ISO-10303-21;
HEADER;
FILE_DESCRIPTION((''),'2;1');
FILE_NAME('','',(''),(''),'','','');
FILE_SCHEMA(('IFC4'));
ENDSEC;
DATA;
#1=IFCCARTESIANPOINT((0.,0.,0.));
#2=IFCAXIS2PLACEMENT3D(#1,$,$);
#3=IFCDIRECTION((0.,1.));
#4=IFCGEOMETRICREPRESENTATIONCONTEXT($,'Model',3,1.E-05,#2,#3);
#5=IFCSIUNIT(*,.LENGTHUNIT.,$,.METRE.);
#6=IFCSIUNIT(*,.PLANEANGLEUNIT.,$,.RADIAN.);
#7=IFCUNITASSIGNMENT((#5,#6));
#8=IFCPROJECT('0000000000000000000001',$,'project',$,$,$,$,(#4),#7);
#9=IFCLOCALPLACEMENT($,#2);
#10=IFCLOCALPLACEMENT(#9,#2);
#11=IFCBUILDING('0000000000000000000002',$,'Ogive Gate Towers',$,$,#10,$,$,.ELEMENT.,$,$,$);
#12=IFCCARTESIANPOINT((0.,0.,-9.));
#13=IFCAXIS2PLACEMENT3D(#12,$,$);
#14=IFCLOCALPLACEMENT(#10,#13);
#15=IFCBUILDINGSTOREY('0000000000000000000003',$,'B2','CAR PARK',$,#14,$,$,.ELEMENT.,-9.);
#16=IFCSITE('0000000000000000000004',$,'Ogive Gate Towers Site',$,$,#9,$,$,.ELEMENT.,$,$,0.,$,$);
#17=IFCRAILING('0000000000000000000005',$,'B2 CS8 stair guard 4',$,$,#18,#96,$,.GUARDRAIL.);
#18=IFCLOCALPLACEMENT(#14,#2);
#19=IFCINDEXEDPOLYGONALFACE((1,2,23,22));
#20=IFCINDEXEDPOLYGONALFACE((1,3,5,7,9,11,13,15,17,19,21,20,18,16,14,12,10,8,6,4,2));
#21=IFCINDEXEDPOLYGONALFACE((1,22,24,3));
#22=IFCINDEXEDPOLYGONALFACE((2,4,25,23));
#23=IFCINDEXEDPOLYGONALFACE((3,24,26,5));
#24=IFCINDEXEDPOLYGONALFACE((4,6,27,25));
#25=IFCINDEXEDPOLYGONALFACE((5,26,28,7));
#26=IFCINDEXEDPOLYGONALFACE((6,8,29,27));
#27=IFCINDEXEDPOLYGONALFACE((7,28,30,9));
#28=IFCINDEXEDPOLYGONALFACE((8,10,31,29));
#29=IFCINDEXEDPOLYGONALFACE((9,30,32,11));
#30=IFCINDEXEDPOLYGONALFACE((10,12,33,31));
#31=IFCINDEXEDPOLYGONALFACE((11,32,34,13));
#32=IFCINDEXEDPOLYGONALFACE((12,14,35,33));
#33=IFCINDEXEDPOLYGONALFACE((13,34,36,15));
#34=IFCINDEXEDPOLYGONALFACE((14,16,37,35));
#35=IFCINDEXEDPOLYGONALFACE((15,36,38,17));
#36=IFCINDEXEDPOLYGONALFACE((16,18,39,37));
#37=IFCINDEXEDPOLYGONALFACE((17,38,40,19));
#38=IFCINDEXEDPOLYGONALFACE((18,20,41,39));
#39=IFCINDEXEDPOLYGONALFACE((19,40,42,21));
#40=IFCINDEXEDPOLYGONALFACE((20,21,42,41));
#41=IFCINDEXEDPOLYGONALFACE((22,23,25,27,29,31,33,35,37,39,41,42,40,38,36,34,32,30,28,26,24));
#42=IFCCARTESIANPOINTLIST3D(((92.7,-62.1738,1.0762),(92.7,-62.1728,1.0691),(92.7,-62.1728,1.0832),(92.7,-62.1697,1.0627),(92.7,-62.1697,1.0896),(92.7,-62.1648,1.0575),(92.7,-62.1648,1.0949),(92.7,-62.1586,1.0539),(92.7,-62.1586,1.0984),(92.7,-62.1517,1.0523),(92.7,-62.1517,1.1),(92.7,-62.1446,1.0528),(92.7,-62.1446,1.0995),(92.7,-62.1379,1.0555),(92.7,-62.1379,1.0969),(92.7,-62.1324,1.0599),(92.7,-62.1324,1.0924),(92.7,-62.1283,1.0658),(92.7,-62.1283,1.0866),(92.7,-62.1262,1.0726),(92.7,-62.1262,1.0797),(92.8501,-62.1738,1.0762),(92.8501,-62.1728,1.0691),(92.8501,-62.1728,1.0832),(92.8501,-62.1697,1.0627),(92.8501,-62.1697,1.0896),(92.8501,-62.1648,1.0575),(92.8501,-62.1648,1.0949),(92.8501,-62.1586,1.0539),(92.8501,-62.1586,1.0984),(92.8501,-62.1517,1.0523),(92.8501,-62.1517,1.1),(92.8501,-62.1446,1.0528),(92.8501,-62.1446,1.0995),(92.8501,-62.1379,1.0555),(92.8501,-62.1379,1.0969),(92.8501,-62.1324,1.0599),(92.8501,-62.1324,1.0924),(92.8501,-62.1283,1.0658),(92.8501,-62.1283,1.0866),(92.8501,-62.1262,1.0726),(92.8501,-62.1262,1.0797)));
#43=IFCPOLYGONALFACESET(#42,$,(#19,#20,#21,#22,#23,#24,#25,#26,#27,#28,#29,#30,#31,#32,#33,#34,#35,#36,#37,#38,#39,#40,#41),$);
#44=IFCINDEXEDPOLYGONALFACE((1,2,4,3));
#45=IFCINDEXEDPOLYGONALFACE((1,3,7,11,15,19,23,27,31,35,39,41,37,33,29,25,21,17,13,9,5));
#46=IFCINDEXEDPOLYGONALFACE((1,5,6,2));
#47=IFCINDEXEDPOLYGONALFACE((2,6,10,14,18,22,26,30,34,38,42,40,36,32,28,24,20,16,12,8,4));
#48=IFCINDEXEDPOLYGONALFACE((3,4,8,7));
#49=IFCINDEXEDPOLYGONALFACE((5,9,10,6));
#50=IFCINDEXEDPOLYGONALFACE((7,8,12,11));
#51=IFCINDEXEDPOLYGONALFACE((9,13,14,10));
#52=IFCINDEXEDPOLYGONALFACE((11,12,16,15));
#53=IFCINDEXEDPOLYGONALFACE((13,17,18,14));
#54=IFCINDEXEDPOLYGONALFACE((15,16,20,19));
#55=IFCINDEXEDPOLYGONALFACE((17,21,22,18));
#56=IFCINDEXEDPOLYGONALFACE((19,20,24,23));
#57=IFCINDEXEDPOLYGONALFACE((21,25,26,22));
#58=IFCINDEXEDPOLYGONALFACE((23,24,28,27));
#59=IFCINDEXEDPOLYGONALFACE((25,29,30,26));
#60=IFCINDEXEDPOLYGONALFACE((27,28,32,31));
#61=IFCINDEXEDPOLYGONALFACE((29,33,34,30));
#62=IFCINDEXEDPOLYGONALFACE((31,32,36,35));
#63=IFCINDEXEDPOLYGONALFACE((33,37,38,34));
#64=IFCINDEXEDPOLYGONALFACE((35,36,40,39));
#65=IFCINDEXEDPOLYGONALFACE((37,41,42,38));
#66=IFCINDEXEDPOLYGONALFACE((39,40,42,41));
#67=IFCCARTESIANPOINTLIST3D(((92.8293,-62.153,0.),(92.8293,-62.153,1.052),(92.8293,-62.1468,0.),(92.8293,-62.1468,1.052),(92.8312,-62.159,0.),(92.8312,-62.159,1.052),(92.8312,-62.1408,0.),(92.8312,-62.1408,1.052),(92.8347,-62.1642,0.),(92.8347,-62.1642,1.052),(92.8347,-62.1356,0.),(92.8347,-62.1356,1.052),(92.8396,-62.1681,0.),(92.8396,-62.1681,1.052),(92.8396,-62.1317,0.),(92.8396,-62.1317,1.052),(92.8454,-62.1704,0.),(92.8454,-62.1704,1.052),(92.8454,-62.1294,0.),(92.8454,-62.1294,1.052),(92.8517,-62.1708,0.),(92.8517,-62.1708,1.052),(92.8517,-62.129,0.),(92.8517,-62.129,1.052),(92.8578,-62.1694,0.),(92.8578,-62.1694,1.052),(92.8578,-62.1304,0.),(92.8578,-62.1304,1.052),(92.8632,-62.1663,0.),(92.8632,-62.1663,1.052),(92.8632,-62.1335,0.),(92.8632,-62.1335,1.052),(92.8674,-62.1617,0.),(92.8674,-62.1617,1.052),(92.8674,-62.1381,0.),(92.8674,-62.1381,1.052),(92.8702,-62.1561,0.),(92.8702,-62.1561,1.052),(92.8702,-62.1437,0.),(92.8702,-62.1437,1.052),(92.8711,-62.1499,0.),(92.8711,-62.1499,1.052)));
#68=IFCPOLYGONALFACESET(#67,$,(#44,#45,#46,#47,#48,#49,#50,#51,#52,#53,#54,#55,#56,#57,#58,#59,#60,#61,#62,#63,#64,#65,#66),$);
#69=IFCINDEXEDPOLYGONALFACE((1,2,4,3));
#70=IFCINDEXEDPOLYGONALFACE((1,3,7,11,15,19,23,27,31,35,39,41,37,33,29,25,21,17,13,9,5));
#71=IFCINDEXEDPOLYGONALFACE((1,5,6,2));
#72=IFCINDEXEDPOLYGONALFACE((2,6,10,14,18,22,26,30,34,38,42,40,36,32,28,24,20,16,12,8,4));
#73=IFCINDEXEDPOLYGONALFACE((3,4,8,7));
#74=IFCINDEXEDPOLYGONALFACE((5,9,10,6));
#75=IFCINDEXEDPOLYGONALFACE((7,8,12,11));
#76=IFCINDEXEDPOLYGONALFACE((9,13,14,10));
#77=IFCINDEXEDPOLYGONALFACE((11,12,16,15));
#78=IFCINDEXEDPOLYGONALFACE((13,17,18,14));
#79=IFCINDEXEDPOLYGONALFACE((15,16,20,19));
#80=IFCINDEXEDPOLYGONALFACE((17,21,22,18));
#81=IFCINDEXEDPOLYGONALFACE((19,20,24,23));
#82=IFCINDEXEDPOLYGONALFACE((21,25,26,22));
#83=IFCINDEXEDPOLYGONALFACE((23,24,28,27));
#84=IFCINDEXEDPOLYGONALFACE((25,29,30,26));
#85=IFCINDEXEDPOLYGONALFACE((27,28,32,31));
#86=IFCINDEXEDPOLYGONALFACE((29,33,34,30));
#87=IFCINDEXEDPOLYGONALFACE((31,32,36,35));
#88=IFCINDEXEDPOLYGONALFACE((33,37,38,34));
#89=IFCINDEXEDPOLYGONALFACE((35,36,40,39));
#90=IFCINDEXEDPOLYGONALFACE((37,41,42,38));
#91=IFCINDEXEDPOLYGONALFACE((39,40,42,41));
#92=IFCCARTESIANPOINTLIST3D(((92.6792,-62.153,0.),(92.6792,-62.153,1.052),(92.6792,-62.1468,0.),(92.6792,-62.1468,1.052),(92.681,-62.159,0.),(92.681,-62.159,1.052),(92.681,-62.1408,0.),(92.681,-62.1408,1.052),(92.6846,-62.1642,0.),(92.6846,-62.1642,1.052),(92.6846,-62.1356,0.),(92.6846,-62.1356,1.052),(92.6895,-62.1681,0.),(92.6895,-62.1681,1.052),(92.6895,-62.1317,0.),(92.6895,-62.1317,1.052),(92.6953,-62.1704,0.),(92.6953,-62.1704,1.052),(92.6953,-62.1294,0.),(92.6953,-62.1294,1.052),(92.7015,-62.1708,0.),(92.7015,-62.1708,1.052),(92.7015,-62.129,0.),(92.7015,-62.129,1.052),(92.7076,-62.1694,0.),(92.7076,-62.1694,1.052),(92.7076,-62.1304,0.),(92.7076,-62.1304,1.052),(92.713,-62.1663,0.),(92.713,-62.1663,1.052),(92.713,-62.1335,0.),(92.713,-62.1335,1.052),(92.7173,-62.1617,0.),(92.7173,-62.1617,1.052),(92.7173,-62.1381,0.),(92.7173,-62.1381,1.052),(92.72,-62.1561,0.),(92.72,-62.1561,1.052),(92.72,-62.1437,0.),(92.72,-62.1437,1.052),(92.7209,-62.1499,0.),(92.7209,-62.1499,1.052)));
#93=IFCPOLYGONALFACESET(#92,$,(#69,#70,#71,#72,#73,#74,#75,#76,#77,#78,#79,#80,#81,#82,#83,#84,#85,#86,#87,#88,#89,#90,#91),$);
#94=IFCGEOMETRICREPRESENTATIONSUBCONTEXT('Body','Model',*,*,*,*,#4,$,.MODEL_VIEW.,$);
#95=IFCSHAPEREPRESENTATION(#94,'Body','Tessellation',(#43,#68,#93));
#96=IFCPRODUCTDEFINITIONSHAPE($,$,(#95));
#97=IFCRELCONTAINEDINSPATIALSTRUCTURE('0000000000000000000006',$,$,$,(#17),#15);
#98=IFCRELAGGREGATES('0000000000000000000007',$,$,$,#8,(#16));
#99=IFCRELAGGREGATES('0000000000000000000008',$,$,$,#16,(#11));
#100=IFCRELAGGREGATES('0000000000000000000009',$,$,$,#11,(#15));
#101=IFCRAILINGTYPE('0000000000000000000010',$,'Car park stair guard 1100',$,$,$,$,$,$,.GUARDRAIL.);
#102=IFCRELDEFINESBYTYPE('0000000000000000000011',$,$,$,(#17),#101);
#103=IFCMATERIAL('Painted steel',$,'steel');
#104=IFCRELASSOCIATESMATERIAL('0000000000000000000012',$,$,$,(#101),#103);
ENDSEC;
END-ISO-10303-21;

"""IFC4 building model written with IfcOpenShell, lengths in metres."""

from ifc_helpers import new_model, si_unit, direction, frame, origin, origin_2d, place, context, subcontext, project, spatial, circle, extrude, material, type_object, element, save


model = new_model("IFC4")

# Units and contexts
model_context = context("Model", 3, precision=1e-05, world=origin(), true_north=direction((0.0, 1.0)))
body_context = subcontext(model_context, "Body", "Model", "MODEL_VIEW")
ifc_project = project(units=[si_unit("LENGTHUNIT", "METRE"), si_unit("PLANEANGLEUNIT", "RADIAN")], contexts=[model_context])

# Site, building, storey
site_placement = place(None, origin())
site = spatial("IfcSite", under=ifc_project, at=site_placement, Name="Ogive Gate Towers Site", CompositionType="ELEMENT", RefElevation=0.0)
building_placement = place(site_placement, origin())
building = spatial("IfcBuilding", under=site, at=building_placement, Name="Ogive Gate Towers", CompositionType="ELEMENT")
storey_placement = place(building_placement, frame((0.0, 0.0, -9.0)))
storey = spatial("IfcBuildingStorey", under=building, at=storey_placement, Name="B2", Description="CAR PARK", CompositionType="ELEMENT", Elevation=-9.0)

# Railing
ifc_material_1 = material(Name="Painted steel", Category="steel")
railing_type_1 = type_object("IfcRailingType", Name="Car park stair guard 1100", PredefinedType="GUARDRAIL", material=ifc_material_1)
railing_1_placement = place(storey_placement, frame((92.8501, -62.1499, 0.0)))
element("IfcRailing", 1, at=railing_1_placement, inside=storey, type_object=railing_type_1, Name="B2 CS8 stair guard 4", PredefinedType="GUARDRAIL", context=body_context, shape_type="SweptSolid", body=[
    extrude(circle(Radius=0.0239, at=origin_2d()), frame((0.0, 0.0, 1.0762), z_axis=(-1.0, 0.0, 0.0), x_axis=(0.0, -1.0, 0.0)), (0.0, 0.0, 1.0), 0.1501),
    extrude(circle(Radius=0.021, at=origin_2d()), origin(), (0.0, 0.0, 1.0), 1.052),
    extrude(circle(Radius=0.021, at=origin_2d()), frame((-0.1501, 0.0, 0.0)), (0.0, 0.0, 1.0), 1.052),
])

save(model, "model.ifc")
